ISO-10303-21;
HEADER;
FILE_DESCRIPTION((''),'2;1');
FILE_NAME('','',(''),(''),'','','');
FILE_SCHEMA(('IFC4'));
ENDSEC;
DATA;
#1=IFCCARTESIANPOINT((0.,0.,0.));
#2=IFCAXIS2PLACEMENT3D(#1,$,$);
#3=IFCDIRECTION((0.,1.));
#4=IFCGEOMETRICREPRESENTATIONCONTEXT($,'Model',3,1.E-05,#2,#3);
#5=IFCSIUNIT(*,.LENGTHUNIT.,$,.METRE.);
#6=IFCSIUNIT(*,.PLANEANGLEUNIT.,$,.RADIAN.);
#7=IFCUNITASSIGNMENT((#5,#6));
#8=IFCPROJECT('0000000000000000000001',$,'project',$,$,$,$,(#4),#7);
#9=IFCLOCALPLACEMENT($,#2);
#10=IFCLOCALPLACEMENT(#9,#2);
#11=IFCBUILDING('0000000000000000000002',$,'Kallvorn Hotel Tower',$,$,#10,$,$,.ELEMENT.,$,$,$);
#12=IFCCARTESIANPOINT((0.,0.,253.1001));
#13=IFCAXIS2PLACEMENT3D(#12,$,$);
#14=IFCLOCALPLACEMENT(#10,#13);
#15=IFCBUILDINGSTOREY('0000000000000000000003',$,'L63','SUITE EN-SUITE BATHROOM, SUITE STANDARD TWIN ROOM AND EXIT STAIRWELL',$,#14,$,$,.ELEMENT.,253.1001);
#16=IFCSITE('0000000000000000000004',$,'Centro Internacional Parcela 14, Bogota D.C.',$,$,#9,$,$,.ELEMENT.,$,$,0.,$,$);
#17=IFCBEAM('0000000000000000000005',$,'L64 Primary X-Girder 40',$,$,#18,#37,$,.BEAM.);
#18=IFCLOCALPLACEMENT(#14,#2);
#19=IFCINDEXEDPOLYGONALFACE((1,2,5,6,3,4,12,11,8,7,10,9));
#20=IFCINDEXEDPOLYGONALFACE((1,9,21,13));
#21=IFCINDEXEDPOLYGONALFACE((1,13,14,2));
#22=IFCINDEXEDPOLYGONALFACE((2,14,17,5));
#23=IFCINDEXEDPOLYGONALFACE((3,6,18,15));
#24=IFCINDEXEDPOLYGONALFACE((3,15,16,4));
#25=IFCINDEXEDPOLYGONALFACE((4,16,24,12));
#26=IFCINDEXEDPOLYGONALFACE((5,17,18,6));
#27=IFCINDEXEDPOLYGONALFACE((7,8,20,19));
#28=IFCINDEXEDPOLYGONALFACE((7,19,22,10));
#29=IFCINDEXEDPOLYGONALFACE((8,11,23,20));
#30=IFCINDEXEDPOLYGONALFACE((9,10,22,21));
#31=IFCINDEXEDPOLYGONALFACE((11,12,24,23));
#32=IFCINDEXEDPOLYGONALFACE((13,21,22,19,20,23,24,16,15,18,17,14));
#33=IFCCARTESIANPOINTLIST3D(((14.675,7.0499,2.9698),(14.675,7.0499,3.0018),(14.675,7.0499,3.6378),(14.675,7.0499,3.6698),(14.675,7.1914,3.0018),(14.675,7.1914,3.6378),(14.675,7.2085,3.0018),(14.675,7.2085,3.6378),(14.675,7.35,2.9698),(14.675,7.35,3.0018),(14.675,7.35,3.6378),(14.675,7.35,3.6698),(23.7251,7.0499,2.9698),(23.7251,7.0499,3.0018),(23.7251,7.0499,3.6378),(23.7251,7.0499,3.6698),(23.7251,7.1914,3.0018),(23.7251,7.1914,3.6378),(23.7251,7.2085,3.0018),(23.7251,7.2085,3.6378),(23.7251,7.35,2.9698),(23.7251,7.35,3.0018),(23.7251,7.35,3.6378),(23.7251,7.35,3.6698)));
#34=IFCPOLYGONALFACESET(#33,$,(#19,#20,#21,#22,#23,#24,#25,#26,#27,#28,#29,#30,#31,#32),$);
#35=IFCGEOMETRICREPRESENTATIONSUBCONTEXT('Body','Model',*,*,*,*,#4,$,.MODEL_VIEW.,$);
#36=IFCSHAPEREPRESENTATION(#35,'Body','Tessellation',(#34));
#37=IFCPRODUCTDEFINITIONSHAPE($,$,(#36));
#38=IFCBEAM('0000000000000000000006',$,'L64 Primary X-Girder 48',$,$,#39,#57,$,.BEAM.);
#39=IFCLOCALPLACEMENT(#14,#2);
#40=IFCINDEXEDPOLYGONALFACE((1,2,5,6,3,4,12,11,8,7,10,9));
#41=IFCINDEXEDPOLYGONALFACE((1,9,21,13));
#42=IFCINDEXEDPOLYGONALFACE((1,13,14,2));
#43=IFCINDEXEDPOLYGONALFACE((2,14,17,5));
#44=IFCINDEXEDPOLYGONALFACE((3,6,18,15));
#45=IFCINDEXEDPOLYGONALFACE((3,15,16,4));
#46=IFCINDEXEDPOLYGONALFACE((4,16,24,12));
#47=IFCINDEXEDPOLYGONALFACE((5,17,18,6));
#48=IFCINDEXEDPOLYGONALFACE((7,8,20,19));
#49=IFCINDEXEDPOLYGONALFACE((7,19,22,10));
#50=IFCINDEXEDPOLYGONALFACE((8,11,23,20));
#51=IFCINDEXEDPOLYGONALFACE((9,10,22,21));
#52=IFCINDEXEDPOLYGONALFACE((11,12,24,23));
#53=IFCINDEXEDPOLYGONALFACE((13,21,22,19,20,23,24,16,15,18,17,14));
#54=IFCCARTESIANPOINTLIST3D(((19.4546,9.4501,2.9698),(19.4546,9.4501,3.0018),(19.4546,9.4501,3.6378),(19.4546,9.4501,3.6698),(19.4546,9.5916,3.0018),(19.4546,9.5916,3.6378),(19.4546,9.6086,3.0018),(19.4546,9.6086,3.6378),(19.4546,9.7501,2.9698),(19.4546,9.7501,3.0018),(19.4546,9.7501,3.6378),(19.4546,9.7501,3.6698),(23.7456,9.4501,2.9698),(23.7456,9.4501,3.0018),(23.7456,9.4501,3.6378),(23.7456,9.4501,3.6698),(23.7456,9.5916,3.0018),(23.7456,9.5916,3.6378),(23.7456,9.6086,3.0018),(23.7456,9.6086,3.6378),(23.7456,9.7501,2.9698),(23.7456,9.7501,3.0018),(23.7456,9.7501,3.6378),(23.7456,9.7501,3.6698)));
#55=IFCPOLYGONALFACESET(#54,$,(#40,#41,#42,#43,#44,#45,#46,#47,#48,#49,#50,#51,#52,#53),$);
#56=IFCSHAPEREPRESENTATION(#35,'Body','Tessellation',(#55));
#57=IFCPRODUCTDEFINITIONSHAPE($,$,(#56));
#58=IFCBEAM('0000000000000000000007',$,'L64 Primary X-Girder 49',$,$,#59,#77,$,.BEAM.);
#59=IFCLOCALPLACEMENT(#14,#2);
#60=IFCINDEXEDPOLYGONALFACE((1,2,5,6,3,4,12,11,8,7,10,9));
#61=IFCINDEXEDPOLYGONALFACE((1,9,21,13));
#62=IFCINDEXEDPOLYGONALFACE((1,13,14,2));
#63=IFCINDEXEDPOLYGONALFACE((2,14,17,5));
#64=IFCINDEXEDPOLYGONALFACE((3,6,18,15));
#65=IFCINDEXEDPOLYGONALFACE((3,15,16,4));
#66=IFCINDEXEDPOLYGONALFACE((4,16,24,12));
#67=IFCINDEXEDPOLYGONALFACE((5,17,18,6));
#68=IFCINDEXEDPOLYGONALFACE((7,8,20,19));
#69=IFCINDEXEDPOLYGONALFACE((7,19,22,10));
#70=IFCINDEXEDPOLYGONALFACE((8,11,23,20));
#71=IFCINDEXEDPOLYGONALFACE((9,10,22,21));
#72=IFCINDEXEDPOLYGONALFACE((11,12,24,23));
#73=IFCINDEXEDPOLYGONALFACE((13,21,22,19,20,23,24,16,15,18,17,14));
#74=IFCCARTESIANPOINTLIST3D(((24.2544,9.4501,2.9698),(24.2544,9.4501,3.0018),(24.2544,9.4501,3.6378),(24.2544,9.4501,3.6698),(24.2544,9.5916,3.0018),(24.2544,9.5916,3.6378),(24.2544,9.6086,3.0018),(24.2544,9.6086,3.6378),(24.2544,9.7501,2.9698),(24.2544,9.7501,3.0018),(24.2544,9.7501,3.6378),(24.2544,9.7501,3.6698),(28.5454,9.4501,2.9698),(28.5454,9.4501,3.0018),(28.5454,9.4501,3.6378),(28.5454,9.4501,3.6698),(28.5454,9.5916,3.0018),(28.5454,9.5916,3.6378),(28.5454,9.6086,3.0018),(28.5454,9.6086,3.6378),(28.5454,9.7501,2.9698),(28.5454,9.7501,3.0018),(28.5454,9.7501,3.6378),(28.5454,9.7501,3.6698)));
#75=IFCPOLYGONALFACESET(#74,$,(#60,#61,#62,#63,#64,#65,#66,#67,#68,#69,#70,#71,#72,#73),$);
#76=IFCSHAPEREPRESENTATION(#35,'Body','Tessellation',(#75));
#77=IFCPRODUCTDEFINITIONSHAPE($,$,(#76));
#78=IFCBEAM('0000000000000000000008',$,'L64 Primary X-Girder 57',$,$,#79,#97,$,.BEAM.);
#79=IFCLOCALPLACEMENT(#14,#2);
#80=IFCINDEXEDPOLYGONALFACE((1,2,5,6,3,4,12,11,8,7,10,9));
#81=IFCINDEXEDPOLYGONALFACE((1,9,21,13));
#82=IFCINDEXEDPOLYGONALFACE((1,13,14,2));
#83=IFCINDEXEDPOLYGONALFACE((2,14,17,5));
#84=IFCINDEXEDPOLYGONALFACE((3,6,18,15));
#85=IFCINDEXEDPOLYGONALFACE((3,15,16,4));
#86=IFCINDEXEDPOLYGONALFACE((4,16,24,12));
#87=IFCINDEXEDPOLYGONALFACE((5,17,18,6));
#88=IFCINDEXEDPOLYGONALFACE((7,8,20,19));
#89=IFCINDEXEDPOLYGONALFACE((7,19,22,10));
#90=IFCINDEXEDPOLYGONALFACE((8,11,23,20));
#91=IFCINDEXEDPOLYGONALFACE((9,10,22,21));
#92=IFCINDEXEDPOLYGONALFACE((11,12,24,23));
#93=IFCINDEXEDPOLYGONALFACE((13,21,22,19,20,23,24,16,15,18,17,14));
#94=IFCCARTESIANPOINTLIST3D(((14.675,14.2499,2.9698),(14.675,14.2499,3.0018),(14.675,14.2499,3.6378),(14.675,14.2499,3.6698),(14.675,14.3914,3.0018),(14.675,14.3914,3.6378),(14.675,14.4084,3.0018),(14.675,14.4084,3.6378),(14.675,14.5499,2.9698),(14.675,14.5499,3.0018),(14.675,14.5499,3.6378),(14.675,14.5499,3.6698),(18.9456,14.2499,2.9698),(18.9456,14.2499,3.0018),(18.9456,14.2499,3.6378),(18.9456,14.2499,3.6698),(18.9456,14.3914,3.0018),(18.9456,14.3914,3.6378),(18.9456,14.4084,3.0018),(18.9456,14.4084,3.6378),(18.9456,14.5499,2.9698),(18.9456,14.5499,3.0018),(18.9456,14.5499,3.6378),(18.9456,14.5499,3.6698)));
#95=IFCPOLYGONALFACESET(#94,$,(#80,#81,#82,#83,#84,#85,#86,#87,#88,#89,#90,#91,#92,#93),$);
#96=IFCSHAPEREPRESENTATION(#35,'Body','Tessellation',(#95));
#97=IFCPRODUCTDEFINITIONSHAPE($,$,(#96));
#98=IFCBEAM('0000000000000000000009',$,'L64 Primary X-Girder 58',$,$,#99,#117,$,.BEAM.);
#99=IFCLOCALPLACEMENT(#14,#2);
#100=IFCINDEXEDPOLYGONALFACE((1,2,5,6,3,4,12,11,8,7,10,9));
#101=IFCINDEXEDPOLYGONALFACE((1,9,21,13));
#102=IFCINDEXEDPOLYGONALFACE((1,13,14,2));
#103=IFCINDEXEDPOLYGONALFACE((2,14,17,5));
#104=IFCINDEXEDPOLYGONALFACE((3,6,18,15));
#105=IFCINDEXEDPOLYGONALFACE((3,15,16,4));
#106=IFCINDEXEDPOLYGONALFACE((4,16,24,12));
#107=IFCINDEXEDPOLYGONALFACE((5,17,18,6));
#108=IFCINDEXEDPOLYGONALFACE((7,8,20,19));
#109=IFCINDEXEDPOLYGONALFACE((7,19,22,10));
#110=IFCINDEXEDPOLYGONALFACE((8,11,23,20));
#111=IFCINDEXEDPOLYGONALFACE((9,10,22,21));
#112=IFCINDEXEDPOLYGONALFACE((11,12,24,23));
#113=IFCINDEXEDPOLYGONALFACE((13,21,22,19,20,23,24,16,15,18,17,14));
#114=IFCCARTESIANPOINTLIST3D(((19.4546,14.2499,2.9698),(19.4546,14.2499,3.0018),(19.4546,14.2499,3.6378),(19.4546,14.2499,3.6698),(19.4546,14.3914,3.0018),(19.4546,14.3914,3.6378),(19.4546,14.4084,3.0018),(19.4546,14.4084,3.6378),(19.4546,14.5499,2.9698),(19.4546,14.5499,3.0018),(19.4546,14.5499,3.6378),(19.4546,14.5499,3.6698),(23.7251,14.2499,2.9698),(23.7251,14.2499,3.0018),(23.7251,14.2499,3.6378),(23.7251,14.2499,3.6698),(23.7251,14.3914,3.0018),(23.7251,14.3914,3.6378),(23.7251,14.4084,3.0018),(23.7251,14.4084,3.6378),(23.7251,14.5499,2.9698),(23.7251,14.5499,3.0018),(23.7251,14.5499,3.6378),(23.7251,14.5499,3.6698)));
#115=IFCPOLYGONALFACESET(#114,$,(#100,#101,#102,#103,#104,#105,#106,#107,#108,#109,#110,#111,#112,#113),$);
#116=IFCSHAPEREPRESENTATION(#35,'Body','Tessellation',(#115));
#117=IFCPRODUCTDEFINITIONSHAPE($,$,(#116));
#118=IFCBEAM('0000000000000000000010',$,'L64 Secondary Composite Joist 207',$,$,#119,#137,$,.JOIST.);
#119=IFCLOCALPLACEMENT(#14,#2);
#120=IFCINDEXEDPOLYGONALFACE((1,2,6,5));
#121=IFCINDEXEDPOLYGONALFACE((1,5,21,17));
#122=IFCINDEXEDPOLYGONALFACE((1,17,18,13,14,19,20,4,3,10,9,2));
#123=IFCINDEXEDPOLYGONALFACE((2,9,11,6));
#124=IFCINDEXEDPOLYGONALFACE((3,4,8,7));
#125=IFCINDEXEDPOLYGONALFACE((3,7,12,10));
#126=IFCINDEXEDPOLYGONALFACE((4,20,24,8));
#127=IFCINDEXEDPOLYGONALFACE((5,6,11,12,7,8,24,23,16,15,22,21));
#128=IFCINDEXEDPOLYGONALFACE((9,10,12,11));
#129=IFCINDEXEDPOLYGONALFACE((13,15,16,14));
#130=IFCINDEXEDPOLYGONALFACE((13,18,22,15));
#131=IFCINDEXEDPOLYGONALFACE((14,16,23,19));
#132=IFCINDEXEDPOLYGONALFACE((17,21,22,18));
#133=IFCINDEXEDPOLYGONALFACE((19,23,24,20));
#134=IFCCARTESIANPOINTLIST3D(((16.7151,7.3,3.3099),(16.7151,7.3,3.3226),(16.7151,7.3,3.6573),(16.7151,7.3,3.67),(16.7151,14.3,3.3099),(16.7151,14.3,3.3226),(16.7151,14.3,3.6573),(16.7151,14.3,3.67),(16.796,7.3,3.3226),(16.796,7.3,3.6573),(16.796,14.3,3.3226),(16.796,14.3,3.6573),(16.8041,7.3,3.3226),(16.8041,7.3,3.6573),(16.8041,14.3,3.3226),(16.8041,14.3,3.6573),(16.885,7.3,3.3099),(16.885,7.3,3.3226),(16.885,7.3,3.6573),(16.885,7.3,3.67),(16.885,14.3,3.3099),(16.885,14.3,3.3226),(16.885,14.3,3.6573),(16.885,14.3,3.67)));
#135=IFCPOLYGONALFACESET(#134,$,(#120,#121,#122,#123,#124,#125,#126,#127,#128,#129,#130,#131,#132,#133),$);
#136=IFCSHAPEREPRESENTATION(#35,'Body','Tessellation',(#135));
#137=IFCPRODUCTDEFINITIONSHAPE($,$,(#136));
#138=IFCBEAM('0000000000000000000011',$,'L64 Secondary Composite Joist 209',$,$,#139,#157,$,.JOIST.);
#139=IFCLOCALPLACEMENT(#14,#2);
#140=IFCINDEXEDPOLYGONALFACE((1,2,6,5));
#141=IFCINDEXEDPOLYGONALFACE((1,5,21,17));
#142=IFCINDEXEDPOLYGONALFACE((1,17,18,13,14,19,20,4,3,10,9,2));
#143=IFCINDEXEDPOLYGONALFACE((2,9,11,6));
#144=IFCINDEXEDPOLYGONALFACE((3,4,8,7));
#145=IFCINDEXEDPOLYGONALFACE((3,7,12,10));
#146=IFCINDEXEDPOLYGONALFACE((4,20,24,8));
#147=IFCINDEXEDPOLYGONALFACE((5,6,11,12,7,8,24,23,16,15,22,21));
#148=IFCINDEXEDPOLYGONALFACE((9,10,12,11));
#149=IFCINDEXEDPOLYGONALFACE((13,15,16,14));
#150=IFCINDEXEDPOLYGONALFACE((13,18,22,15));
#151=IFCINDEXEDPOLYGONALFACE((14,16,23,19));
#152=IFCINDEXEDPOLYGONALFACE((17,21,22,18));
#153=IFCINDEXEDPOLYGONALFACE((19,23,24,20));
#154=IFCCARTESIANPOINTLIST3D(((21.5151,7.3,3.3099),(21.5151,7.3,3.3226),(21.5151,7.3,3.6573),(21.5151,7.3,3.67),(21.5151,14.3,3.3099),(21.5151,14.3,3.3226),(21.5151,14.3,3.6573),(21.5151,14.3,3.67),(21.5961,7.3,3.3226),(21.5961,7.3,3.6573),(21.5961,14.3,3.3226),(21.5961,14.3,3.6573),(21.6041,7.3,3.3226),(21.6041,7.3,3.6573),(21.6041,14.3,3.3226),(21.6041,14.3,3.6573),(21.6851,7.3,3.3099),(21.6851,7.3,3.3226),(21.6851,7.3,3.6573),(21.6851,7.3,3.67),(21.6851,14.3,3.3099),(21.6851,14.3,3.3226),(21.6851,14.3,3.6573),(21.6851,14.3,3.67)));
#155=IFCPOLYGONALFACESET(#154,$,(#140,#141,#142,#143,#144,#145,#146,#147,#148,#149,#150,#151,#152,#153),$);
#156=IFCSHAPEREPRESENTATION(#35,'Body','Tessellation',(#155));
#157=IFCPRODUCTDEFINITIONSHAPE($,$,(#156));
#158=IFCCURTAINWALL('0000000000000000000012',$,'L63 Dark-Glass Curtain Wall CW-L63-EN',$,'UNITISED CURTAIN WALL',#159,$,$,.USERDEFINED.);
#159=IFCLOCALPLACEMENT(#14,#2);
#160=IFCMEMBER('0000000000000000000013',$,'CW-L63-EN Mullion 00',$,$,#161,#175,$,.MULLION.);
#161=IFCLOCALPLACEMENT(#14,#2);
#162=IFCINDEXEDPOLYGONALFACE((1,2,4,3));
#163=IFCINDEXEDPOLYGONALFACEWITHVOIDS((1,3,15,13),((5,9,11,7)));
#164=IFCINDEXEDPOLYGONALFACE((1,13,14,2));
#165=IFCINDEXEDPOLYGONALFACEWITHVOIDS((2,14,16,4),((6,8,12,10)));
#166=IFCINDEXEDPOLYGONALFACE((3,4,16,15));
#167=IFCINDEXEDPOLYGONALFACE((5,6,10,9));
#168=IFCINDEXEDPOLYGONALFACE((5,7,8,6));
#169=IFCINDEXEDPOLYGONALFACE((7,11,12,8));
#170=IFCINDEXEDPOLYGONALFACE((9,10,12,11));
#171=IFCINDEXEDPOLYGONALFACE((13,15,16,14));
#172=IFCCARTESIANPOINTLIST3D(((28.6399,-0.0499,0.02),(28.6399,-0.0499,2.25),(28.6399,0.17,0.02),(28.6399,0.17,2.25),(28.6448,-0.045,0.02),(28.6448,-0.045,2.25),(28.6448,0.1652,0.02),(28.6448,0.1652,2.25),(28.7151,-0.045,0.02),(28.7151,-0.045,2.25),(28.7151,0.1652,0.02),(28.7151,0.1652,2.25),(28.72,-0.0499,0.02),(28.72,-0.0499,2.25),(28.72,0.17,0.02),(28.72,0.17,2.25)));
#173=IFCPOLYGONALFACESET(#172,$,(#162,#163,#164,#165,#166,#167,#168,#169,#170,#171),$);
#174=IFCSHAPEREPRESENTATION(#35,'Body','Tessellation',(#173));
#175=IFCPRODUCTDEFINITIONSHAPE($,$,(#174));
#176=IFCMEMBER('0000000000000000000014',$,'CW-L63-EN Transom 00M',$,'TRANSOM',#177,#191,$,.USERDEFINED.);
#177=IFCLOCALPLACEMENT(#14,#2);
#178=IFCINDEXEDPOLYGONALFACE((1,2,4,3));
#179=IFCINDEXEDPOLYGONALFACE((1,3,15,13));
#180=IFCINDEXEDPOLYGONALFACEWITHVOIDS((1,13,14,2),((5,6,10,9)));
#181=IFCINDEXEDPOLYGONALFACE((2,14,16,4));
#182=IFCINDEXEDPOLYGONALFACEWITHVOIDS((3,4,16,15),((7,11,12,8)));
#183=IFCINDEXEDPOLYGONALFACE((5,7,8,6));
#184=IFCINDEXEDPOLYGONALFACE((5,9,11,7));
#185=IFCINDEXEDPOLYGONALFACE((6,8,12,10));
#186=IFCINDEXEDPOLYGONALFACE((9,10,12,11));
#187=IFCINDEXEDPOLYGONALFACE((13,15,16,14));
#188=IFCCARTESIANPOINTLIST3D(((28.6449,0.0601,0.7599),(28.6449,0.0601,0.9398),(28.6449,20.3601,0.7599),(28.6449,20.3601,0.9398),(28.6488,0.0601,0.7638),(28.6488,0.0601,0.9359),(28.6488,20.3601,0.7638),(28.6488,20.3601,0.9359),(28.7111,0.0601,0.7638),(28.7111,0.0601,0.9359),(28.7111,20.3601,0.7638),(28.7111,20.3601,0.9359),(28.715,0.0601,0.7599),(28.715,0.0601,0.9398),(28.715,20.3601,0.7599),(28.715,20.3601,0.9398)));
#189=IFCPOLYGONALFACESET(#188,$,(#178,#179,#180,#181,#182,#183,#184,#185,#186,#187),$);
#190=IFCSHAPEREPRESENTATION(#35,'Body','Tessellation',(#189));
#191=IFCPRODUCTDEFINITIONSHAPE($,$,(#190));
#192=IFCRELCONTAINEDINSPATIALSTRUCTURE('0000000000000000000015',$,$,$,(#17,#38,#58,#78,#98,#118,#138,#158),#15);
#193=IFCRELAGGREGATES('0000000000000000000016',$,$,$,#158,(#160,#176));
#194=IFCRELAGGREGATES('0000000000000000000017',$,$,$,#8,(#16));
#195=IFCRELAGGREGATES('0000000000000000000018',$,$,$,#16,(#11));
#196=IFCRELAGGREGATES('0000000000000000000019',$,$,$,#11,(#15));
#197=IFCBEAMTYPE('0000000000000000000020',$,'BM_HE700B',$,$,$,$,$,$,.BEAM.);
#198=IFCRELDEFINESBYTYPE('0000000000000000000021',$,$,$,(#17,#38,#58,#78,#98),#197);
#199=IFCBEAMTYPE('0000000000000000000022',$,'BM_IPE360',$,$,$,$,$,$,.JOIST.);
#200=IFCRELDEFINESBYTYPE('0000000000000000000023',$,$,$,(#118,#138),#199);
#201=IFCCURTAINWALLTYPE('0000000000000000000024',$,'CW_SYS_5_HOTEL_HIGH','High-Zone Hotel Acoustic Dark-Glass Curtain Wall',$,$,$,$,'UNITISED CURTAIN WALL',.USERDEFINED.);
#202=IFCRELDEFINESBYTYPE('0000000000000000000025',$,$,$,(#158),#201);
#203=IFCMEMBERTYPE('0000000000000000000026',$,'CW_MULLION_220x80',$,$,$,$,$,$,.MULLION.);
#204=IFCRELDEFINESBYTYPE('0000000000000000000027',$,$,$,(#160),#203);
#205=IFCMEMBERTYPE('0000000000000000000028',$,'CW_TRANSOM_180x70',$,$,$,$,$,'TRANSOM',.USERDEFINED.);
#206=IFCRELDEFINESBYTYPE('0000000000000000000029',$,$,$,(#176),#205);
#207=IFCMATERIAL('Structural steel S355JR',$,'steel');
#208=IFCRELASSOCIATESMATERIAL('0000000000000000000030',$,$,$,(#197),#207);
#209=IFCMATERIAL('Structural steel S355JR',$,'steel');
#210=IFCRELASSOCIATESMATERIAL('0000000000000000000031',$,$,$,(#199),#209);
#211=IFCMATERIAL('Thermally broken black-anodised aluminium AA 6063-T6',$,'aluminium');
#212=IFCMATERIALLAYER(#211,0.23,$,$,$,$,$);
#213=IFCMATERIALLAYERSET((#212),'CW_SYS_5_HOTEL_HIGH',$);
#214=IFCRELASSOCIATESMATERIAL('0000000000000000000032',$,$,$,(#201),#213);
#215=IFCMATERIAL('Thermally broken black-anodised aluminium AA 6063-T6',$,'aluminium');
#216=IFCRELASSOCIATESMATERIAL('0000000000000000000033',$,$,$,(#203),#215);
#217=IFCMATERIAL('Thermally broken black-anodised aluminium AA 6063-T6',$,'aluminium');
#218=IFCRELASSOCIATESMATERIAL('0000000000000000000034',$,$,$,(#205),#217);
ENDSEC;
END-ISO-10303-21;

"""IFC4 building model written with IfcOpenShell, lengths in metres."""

from ifc_helpers import new_model, si_unit, direction, frame, origin, origin_2d, place, context, subcontext, project, spatial, hollow_rectangle, i_section, extrude, material, layer, layer_set, material_profile, profile_set, type_object, element, aggregate, save


model = new_model("IFC4")

# Units and contexts
model_context = context("Model", 3, precision=1e-05, world=origin(), true_north=direction((0.0, 1.0)))
body_context = subcontext(model_context, "Body", "Model", "MODEL_VIEW")
ifc_project = project(units=[si_unit("LENGTHUNIT", "METRE"), si_unit("PLANEANGLEUNIT", "RADIAN")], contexts=[model_context])

# Site, building, storey
site_placement = place(None, origin())
site = spatial("IfcSite", under=ifc_project, at=site_placement, Name="Centro Internacional Parcela 14, Bogota D.C.", CompositionType="ELEMENT", RefElevation=0.0)
building_placement = place(site_placement, origin())
building = spatial("IfcBuilding", under=site, at=building_placement, Name="Kallvorn Hotel Tower", CompositionType="ELEMENT")
storey_placement = place(building_placement, frame((0.0, 0.0, 253.1001)))
storey = spatial("IfcBuildingStorey", under=building, at=storey_placement, Name="L63", Description="SUITE EN-SUITE BATHROOM, SUITE STANDARD TWIN ROOM AND EXIT STAIRWELL", CompositionType="ELEMENT", Elevation=253.1001)

# Beams
ifc_material_1 = material(Name="Structural steel S355JR", Category="steel")
ifc_material_profile_1 = material_profile(ifc_material_1, i_section(OverallWidth=0.3, OverallDepth=0.7, WebThickness=0.0171, FlangeThickness=0.032, at=origin_2d()), Name="HE 700 B")
ifc_profile_set_1 = profile_set([ifc_material_profile_1], Name="Structural steel S355JR")
beam_type_1 = type_object("IfcBeamType", Name="BM_HE700B", PredefinedType="BEAM", material=ifc_profile_set_1)
beam_1_placement = place(storey_placement, frame((14.675, 7.2, 3.3198), z_axis=(1.0, 0.0, 0.0), x_axis=(0.0, 1.0, 0.0)))
element("IfcBeam", 1, at=beam_1_placement, inside=storey, type_object=beam_type_1, Name="L64 Primary X-Girder 40", PredefinedType="BEAM", context=body_context, shape_type="SweptSolid", body=[
    extrude(i_section(OverallWidth=0.3, OverallDepth=0.7, WebThickness=0.0171, FlangeThickness=0.032, at=origin_2d()), origin(), (0.0, 0.0, 1.0), 9.05),
])
for number, where, z_axis, x_axis, name in (
    (2, (19.4546, 9.6001, 3.3198), (1.0, 0.0, 0.0), (0.0, 1.0, 0.0), "L64 Primary X-Girder 48"),
    (3, (24.2544, 9.6001, 3.3198), (1.0, 0.0, 0.0), (0.0, 1.0, 0.0), "L64 Primary X-Girder 49"),
):
    element("IfcBeam", number, at=place(storey_placement, frame(where, z_axis=z_axis, x_axis=x_axis)), inside=storey, type_object=beam_type_1, Name=name, PredefinedType="BEAM", context=body_context, shape_type="SweptSolid", body=[
        extrude(i_section(OverallWidth=0.3, OverallDepth=0.7, WebThickness=0.0171, FlangeThickness=0.032, at=origin_2d()), origin(), (0.0, 0.0, 1.0), 4.291),
    ])
for number, where, z_axis, x_axis, name in (
    (4, (14.675, 14.3999, 3.3198), (1.0, 0.0, 0.0), (0.0, 1.0, 0.0), "L64 Primary X-Girder 57"),
    (5, (19.4546, 14.3999, 3.3198), (1.0, 0.0, 0.0), (0.0, 1.0, 0.0), "L64 Primary X-Girder 58"),
):
    element("IfcBeam", number, at=place(storey_placement, frame(where, z_axis=z_axis, x_axis=x_axis)), inside=storey, type_object=beam_type_1, Name=name, PredefinedType="BEAM", context=body_context, shape_type="SweptSolid", body=[
        extrude(i_section(OverallWidth=0.3, OverallDepth=0.7, WebThickness=0.0171, FlangeThickness=0.032, at=origin_2d()), origin(), (0.0, 0.0, 1.0), 4.2705),
    ])
ifc_material_2 = material(Name="Structural steel S355JR", Category="steel")
ifc_material_profile_2 = material_profile(ifc_material_2, i_section(OverallWidth=0.1699, OverallDepth=0.3601, WebThickness=0.0081, FlangeThickness=0.0127, at=origin_2d()), Name="IPE 360")
ifc_profile_set_2 = profile_set([ifc_material_profile_2], Name="Structural steel S355JR")
beam_type_2 = type_object("IfcBeamType", Name="BM_IPE360", PredefinedType="JOIST", material=ifc_profile_set_2)
for number, where, z_axis, x_axis, name in (
    (6, (16.8, 7.3, 3.49), (0.0, 1.0, 0.0), (-1.0, 0.0, 0.0), "L64 Secondary Composite Joist 207"),
    (7, (21.6001, 7.3, 3.49), (0.0, 1.0, 0.0), (-1.0, 0.0, 0.0), "L64 Secondary Composite Joist 209"),
):
    element("IfcBeam", number, at=place(storey_placement, frame(where, z_axis=z_axis, x_axis=x_axis)), inside=storey, type_object=beam_type_2, Name=name, PredefinedType="JOIST", context=body_context, shape_type="SweptSolid", body=[
        extrude(i_section(OverallWidth=0.1699, OverallDepth=0.3601, WebThickness=0.0081, FlangeThickness=0.0127, at=origin_2d()), origin(), (0.0, 0.0, 1.0), 7.0),
    ])

# Curtain wall, members
ifc_material_3 = material(Name="Thermally broken black-anodised aluminium AA 6063-T6", Category="aluminium")
ifc_layer_1 = layer(ifc_material_3, 0.23)
ifc_layer_set_1 = layer_set([ifc_layer_1], Name="CW_SYS_5_HOTEL_HIGH")
curtain_wall_type = type_object("IfcCurtainWallType", Name="CW_SYS_5_HOTEL_HIGH", Description="High-Zone Hotel Acoustic Dark-Glass Curtain Wall", ElementType="UNITISED CURTAIN WALL", PredefinedType="USERDEFINED", material=ifc_layer_set_1)
curtain_wall_placement = place(storey_placement, origin())
curtain_wall = element("IfcCurtainWall", 8, at=curtain_wall_placement, inside=storey, type_object=curtain_wall_type, Name="L63 Dark-Glass Curtain Wall CW-L63-EN", ObjectType="UNITISED CURTAIN WALL", PredefinedType="USERDEFINED")
ifc_material_4 = material(Name="Thermally broken black-anodised aluminium AA 6063-T6", Category="aluminium")
ifc_material_profile_3 = material_profile(ifc_material_4, hollow_rectangle(XDim=0.0801, YDim=0.22, WallThickness=0.0049, at=origin_2d()), Name="MUL 220x80")
ifc_profile_set_3 = profile_set([ifc_material_profile_3], Name="Thermally broken black-anodised aluminium AA 6063-T6")
member_type_1 = type_object("IfcMemberType", Name="CW_MULLION_220x80", PredefinedType="MULLION", material=ifc_profile_set_3)
member_1_placement = place(storey_placement, frame((28.6799, 0.0601, 0.02), z_axis=(0.0, 0.0, 1.0), x_axis=(1.0, 0.0, 0.0)))
member_1 = element("IfcMember", 9, at=member_1_placement, type_object=member_type_1, Name="CW-L63-EN Mullion 00", PredefinedType="MULLION", context=body_context, shape_type="SweptSolid", body=[
    extrude(hollow_rectangle(XDim=0.0801, YDim=0.22, WallThickness=0.0049, at=origin_2d()), origin(), (0.0, 0.0, 1.0), 2.23),
])
ifc_material_5 = material(Name="Thermally broken black-anodised aluminium AA 6063-T6", Category="aluminium")
ifc_material_profile_4 = material_profile(ifc_material_5, hollow_rectangle(XDim=0.0701, YDim=0.1799, WallThickness=0.0039, at=origin_2d()), Name="TRN 180x70")
ifc_profile_set_4 = profile_set([ifc_material_profile_4], Name="Thermally broken black-anodised aluminium AA 6063-T6")
member_type_2 = type_object("IfcMemberType", Name="CW_TRANSOM_180x70", ElementType="TRANSOM", PredefinedType="USERDEFINED", material=ifc_profile_set_4)
member_2_placement = place(storey_placement, frame((28.6799, 0.0601, 0.8499), z_axis=(0.0, 1.0, 0.0), x_axis=(-1.0, 0.0, 0.0)))
member_2 = element("IfcMember", 10, at=member_2_placement, type_object=member_type_2, Name="CW-L63-EN Transom 00M", ObjectType="TRANSOM", PredefinedType="USERDEFINED", context=body_context, shape_type="SweptSolid", body=[
    extrude(hollow_rectangle(XDim=0.0701, YDim=0.1799, WallThickness=0.0039, at=origin_2d()), origin(), (0.0, 0.0, 1.0), 20.3),
])
aggregate(curtain_wall, [member_1, member_2])

save(model, "model.ifc")
